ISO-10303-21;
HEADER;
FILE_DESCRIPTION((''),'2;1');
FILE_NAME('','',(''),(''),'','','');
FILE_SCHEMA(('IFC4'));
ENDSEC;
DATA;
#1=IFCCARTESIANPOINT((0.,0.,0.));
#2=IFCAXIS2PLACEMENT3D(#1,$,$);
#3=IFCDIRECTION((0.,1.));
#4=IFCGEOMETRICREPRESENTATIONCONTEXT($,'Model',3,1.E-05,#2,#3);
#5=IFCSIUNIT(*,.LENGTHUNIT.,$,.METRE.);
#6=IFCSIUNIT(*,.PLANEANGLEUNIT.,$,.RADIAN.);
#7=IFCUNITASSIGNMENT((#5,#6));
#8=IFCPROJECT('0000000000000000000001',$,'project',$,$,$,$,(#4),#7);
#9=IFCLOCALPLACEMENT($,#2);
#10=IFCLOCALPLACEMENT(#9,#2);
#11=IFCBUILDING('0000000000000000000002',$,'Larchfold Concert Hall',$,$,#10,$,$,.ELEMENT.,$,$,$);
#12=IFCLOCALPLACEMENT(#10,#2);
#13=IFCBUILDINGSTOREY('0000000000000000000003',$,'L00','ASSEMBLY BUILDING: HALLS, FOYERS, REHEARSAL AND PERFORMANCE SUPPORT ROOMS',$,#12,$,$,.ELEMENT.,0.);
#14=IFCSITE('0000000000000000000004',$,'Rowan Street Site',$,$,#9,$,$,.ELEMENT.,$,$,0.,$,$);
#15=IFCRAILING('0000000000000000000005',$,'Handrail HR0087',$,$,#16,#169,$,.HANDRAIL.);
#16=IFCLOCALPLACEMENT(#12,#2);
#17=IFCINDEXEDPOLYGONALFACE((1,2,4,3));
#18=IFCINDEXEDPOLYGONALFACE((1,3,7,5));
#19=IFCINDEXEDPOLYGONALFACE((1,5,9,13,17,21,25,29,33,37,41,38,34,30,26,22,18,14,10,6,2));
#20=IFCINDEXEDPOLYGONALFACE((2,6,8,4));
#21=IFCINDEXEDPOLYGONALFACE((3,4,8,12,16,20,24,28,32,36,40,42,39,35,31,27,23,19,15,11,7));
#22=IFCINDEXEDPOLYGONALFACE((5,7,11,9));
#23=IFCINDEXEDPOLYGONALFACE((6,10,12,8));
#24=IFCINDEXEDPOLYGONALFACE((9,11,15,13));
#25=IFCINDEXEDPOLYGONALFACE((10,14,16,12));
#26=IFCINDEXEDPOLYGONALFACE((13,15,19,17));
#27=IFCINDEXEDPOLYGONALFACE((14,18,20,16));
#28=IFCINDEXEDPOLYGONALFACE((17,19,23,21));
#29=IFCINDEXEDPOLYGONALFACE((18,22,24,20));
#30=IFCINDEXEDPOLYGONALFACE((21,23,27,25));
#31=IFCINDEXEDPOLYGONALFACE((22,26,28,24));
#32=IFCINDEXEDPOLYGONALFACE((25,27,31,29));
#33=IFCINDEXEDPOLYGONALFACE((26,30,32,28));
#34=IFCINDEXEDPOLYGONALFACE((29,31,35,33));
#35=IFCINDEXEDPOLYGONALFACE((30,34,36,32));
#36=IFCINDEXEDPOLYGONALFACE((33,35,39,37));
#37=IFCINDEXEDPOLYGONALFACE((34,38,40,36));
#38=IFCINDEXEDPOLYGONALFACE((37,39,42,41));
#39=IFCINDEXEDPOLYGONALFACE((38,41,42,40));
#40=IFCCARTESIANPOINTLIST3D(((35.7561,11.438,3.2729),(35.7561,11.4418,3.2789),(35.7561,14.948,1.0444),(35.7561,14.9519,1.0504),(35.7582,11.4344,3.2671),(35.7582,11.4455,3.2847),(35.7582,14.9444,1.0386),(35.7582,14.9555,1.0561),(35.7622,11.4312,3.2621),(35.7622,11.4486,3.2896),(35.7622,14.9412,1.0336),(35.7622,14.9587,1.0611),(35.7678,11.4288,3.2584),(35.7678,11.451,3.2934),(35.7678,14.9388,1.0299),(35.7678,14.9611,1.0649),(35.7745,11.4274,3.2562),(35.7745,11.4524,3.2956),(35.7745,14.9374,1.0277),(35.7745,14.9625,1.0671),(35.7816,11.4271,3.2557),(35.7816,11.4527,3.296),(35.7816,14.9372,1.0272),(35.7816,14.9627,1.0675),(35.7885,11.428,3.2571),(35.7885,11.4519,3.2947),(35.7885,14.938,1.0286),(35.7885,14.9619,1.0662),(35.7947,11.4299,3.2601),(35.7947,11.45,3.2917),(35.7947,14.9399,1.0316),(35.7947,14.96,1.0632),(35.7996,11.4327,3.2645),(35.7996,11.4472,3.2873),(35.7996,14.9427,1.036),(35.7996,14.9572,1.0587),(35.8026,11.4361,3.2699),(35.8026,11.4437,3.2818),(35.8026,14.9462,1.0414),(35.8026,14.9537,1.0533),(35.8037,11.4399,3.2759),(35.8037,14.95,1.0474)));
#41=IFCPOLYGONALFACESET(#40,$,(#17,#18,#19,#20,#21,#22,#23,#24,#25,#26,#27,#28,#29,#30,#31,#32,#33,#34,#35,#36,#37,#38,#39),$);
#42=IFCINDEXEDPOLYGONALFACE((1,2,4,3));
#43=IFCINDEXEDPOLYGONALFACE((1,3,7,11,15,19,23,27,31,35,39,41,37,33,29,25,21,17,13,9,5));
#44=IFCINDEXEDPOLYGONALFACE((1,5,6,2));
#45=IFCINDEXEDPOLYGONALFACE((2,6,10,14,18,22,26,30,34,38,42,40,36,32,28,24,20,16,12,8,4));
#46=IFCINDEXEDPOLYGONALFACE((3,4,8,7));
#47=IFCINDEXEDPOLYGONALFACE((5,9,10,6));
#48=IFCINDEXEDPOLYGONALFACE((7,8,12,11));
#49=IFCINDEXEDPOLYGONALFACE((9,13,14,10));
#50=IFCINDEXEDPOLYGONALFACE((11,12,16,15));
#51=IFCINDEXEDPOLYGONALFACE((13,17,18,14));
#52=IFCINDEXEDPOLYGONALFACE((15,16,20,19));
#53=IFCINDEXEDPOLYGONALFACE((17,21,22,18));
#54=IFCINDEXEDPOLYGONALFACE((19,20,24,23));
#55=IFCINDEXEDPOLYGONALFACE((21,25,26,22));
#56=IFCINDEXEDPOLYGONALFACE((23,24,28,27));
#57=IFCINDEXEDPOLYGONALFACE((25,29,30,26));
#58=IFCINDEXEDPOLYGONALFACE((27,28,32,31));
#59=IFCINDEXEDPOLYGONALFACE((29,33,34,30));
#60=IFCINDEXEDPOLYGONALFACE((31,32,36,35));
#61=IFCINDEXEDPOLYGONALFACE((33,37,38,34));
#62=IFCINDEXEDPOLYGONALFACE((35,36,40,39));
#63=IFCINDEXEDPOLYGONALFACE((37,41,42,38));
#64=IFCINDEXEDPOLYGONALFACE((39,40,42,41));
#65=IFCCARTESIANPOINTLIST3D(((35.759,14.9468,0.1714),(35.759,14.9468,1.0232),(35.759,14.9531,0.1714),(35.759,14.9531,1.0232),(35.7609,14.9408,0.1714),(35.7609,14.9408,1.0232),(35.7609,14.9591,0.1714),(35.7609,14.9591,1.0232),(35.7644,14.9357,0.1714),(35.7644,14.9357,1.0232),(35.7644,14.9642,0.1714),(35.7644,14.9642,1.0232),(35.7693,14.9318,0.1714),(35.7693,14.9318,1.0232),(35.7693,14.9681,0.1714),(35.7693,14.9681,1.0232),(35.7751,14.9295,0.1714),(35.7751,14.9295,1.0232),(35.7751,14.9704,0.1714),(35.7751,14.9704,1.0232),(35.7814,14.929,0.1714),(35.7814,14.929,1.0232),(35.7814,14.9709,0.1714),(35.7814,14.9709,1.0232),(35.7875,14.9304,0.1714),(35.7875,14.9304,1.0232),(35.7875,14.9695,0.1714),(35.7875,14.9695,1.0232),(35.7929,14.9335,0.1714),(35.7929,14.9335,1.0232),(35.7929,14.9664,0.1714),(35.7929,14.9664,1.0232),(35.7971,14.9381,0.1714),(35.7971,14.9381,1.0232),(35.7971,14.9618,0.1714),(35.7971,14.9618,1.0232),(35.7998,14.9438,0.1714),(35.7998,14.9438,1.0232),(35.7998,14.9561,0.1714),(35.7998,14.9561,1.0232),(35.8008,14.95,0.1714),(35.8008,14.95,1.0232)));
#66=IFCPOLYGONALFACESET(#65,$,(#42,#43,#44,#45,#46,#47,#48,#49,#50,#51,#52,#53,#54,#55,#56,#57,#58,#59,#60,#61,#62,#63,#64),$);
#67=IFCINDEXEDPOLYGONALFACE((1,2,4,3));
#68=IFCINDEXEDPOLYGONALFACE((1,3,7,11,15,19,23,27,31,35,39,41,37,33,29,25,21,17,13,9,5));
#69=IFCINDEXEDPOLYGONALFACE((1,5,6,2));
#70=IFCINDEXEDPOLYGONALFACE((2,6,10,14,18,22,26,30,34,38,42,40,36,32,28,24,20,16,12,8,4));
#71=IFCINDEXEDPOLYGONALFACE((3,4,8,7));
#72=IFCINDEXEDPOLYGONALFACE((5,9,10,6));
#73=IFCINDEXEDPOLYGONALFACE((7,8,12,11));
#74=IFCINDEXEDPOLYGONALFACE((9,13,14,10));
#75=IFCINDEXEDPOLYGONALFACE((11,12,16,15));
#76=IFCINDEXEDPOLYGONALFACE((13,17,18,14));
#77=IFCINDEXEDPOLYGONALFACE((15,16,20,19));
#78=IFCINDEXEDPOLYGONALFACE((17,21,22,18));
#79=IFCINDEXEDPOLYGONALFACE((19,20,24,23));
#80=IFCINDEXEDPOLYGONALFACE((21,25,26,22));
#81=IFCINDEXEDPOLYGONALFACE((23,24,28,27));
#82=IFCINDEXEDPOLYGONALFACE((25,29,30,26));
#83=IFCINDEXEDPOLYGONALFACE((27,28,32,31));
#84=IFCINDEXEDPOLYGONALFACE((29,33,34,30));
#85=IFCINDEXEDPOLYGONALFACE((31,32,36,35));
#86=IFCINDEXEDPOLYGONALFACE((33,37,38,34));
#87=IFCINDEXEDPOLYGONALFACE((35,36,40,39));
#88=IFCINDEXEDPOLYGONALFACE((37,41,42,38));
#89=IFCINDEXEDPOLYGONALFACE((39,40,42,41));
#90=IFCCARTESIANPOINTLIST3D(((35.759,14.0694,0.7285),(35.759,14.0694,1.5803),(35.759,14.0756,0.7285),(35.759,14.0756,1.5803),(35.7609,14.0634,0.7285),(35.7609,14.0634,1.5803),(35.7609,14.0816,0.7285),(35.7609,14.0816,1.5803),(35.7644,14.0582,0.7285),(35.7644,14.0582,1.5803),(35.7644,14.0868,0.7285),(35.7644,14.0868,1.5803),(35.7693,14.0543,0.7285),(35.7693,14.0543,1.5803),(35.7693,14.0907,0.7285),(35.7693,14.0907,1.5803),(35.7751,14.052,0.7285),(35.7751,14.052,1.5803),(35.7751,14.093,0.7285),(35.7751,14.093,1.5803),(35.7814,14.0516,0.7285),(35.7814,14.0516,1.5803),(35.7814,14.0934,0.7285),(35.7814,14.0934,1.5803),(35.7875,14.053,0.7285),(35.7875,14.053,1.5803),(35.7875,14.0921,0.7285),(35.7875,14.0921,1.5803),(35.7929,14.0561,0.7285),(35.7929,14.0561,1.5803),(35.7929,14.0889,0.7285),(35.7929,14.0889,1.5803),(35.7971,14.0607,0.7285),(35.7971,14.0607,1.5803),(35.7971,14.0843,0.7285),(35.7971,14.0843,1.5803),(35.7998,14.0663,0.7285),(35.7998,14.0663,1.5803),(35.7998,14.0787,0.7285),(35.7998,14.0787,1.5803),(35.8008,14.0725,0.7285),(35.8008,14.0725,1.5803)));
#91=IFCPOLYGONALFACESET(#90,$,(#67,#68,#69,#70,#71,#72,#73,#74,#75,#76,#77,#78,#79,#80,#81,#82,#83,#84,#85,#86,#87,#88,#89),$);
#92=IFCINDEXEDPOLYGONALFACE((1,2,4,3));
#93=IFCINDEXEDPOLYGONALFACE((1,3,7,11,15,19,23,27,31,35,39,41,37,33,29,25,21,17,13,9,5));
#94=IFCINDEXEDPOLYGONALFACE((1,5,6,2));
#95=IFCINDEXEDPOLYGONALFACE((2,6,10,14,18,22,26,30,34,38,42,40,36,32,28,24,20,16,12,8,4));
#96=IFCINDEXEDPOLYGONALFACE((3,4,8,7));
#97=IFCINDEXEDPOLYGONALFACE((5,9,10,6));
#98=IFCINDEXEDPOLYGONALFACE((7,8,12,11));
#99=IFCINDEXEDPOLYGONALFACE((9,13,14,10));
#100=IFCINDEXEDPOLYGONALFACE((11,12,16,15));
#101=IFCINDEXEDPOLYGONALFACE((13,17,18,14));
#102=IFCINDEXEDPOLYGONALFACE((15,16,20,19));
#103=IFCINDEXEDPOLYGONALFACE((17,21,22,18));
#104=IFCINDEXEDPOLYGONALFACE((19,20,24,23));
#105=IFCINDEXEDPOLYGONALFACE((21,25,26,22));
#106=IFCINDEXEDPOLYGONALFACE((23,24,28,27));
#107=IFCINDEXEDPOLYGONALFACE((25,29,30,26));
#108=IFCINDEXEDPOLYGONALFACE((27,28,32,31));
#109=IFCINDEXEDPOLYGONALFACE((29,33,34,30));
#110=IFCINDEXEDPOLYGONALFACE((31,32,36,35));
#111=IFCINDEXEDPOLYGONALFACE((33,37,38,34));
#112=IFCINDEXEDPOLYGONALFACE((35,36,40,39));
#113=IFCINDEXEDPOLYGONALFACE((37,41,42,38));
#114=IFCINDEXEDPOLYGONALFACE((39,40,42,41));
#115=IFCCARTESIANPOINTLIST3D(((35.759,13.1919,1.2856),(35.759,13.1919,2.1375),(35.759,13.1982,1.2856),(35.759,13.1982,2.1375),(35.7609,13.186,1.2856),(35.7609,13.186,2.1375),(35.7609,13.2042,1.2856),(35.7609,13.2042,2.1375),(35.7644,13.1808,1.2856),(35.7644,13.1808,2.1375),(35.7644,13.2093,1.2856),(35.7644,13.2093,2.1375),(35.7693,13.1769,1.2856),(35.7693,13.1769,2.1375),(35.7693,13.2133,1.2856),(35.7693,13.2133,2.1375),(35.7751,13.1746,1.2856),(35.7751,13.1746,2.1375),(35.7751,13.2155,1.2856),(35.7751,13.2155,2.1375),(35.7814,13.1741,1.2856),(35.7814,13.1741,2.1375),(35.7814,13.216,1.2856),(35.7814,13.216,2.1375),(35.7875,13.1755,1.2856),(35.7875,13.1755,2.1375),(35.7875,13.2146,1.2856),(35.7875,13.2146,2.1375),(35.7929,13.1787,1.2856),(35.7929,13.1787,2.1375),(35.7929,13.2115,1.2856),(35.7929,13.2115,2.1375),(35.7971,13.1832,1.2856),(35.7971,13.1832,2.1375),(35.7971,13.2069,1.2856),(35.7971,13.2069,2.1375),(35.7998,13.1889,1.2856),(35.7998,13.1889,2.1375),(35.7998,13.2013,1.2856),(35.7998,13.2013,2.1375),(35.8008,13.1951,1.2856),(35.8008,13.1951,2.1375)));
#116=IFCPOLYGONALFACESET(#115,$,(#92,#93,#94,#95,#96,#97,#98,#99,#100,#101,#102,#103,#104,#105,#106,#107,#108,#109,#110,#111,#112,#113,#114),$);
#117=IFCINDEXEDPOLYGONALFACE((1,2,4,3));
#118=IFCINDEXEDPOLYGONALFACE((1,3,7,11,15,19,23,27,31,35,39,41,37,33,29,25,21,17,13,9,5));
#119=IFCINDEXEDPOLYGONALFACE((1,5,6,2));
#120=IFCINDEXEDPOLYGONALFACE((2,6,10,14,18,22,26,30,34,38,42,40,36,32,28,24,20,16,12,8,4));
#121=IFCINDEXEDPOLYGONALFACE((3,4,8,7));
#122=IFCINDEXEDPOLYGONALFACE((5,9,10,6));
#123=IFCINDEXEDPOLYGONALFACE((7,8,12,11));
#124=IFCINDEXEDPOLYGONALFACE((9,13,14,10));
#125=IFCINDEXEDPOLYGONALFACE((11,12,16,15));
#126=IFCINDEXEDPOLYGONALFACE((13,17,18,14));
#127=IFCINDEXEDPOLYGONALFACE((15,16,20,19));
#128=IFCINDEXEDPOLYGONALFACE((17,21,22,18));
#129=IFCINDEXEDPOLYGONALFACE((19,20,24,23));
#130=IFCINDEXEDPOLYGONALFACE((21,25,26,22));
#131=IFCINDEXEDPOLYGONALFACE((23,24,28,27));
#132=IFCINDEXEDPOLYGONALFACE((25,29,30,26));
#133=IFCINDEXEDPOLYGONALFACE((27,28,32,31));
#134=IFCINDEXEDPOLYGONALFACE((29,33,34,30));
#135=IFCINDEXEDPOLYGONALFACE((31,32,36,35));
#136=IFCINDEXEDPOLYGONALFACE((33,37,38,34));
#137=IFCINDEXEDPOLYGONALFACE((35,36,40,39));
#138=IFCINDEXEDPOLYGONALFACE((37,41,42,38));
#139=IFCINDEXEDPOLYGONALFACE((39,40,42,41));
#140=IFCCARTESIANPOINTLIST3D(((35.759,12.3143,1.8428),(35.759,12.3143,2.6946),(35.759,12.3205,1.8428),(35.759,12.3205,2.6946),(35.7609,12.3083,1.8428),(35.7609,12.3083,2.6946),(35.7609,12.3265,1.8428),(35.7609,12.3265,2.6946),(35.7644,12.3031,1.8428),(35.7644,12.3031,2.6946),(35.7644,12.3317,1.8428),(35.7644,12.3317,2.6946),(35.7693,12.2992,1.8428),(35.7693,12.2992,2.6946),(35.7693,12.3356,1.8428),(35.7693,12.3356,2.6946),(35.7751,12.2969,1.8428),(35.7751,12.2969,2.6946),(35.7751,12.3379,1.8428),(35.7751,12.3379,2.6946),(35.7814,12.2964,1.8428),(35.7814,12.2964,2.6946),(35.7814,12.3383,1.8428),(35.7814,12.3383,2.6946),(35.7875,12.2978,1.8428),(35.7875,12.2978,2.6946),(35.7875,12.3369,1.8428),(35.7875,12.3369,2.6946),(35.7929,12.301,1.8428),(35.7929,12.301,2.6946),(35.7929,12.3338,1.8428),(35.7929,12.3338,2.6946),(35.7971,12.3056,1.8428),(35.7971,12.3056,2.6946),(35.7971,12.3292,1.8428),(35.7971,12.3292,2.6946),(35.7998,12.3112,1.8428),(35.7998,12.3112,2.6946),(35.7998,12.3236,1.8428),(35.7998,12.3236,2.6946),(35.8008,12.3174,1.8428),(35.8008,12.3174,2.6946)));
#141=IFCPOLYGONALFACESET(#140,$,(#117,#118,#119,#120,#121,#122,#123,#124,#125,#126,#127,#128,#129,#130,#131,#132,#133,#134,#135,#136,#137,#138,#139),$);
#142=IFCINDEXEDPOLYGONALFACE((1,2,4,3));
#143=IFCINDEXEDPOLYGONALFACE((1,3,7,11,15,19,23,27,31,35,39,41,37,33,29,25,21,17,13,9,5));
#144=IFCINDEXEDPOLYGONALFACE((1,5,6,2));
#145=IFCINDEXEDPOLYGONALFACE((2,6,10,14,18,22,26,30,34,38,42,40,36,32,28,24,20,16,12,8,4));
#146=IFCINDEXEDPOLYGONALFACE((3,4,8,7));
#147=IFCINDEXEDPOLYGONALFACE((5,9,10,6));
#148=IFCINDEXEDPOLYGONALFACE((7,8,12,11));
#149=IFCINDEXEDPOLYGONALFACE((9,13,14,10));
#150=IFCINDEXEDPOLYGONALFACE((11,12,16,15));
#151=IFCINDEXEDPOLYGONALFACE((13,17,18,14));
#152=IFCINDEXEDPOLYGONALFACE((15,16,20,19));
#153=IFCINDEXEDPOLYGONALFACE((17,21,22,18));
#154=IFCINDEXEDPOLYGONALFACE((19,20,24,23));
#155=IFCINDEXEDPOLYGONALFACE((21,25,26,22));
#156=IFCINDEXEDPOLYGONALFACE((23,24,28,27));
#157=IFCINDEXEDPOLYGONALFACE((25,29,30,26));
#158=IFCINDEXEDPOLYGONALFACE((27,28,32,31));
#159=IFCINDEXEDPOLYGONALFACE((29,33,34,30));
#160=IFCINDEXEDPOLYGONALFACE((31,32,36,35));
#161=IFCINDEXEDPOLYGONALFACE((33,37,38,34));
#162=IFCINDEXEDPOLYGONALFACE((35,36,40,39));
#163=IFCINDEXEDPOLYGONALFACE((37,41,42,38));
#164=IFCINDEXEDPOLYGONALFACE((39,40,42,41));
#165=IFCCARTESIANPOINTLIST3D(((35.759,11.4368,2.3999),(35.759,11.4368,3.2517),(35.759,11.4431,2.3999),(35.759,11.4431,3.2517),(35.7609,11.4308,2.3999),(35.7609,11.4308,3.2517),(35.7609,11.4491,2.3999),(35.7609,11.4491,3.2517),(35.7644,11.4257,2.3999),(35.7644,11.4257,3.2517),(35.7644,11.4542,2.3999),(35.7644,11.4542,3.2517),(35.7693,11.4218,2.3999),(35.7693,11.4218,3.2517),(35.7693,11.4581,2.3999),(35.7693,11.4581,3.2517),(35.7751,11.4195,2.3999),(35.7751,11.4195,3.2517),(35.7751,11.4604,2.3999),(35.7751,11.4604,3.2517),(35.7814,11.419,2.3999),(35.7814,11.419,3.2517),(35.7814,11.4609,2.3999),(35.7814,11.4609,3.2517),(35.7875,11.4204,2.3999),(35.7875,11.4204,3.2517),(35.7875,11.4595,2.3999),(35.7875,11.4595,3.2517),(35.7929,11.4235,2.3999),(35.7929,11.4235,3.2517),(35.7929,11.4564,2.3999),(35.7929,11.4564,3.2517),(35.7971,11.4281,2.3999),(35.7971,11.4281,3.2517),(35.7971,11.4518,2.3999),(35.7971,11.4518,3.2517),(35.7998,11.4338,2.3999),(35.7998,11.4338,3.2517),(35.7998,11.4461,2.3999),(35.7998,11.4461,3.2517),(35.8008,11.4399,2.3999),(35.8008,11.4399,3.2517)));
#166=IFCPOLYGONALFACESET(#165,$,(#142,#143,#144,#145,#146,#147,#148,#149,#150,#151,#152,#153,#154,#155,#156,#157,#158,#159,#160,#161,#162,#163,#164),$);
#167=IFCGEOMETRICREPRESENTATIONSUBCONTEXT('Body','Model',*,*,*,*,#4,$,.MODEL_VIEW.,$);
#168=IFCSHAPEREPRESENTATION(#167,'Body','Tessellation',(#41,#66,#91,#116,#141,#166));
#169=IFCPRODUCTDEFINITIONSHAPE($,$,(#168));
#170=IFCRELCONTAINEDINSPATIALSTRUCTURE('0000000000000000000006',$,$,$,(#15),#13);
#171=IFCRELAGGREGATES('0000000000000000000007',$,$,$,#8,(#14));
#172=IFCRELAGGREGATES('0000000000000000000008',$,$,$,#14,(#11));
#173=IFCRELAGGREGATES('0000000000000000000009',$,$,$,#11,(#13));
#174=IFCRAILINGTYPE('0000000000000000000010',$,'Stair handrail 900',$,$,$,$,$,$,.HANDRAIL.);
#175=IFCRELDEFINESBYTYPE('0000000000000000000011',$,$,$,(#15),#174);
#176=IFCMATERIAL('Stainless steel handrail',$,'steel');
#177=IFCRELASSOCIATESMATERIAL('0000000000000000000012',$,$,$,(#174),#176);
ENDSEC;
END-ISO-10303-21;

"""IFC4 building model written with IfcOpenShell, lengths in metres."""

from ifc_helpers import new_model, si_unit, direction, frame, origin, origin_2d, place, context, subcontext, project, spatial, circle, extrude, material, type_object, element, save


model = new_model("IFC4")

# Units and contexts
model_context = context("Model", 3, precision=1e-05, world=origin(), true_north=direction((0.0, 1.0)))
body_context = subcontext(model_context, "Body", "Model", "MODEL_VIEW")
ifc_project = project(units=[si_unit("LENGTHUNIT", "METRE"), si_unit("PLANEANGLEUNIT", "RADIAN")], contexts=[model_context])

# Site, building, storey
site_placement = place(None, origin())
site = spatial("IfcSite", under=ifc_project, at=site_placement, Name="Rowan Street Site", CompositionType="ELEMENT", RefElevation=0.0)
building_placement = place(site_placement, origin())
building = spatial("IfcBuilding", under=site, at=building_placement, Name="Larchfold Concert Hall", CompositionType="ELEMENT")
storey_placement = place(building_placement, origin())
storey = spatial("IfcBuildingStorey", under=building, at=storey_placement, Name="L00", Description="ASSEMBLY BUILDING: HALLS, FOYERS, REHEARSAL AND PERFORMANCE SUPPORT ROOMS", CompositionType="ELEMENT", Elevation=0.0)

# Railing
ifc_material_1 = material(Name="Stainless steel handrail", Category="steel")
railing_type_1 = type_object("IfcRailingType", Name="Stair handrail 900", PredefinedType="HANDRAIL", material=ifc_material_1)
for number, where, name in (
    (1, (35.7798, 14.95, 0.1714), "Handrail HR0087"),
):
    element("IfcRailing", number, at=place(storey_placement, frame(where)), inside=storey, type_object=railing_type_1, Name=name, PredefinedType="HANDRAIL", context=body_context, shape_type="SweptSolid", body=[
        extrude(circle(Radius=0.0239, at=origin_2d()), frame((0.0, 0.0, 0.876), z_axis=(0.0, -0.84422, 0.535998), x_axis=(1.0, 0.0, 0.0)), (0.0, 0.0, 1.0), 4.1577),
        extrude(circle(Radius=0.021, at=origin_2d()), origin(), (0.0, 0.0, 1.0), 0.8518),
        extrude(circle(Radius=0.021, at=origin_2d()), frame((0.0, -0.8774, 0.5571)), (0.0, 0.0, 1.0), 0.8518),
        extrude(circle(Radius=0.021, at=origin_2d()), frame((0.0, -1.7549, 1.1143)), (0.0, 0.0, 1.0), 0.8518),
        extrude(circle(Radius=0.021, at=origin_2d()), frame((0.0, -2.6326, 1.6714)), (0.0, 0.0, 1.0), 0.8518),
        extrude(circle(Radius=0.021, at=origin_2d()), frame((0.0, -3.51, 2.2285)), (0.0, 0.0, 1.0), 0.8518),
    ])

save(model, "model.ifc")
